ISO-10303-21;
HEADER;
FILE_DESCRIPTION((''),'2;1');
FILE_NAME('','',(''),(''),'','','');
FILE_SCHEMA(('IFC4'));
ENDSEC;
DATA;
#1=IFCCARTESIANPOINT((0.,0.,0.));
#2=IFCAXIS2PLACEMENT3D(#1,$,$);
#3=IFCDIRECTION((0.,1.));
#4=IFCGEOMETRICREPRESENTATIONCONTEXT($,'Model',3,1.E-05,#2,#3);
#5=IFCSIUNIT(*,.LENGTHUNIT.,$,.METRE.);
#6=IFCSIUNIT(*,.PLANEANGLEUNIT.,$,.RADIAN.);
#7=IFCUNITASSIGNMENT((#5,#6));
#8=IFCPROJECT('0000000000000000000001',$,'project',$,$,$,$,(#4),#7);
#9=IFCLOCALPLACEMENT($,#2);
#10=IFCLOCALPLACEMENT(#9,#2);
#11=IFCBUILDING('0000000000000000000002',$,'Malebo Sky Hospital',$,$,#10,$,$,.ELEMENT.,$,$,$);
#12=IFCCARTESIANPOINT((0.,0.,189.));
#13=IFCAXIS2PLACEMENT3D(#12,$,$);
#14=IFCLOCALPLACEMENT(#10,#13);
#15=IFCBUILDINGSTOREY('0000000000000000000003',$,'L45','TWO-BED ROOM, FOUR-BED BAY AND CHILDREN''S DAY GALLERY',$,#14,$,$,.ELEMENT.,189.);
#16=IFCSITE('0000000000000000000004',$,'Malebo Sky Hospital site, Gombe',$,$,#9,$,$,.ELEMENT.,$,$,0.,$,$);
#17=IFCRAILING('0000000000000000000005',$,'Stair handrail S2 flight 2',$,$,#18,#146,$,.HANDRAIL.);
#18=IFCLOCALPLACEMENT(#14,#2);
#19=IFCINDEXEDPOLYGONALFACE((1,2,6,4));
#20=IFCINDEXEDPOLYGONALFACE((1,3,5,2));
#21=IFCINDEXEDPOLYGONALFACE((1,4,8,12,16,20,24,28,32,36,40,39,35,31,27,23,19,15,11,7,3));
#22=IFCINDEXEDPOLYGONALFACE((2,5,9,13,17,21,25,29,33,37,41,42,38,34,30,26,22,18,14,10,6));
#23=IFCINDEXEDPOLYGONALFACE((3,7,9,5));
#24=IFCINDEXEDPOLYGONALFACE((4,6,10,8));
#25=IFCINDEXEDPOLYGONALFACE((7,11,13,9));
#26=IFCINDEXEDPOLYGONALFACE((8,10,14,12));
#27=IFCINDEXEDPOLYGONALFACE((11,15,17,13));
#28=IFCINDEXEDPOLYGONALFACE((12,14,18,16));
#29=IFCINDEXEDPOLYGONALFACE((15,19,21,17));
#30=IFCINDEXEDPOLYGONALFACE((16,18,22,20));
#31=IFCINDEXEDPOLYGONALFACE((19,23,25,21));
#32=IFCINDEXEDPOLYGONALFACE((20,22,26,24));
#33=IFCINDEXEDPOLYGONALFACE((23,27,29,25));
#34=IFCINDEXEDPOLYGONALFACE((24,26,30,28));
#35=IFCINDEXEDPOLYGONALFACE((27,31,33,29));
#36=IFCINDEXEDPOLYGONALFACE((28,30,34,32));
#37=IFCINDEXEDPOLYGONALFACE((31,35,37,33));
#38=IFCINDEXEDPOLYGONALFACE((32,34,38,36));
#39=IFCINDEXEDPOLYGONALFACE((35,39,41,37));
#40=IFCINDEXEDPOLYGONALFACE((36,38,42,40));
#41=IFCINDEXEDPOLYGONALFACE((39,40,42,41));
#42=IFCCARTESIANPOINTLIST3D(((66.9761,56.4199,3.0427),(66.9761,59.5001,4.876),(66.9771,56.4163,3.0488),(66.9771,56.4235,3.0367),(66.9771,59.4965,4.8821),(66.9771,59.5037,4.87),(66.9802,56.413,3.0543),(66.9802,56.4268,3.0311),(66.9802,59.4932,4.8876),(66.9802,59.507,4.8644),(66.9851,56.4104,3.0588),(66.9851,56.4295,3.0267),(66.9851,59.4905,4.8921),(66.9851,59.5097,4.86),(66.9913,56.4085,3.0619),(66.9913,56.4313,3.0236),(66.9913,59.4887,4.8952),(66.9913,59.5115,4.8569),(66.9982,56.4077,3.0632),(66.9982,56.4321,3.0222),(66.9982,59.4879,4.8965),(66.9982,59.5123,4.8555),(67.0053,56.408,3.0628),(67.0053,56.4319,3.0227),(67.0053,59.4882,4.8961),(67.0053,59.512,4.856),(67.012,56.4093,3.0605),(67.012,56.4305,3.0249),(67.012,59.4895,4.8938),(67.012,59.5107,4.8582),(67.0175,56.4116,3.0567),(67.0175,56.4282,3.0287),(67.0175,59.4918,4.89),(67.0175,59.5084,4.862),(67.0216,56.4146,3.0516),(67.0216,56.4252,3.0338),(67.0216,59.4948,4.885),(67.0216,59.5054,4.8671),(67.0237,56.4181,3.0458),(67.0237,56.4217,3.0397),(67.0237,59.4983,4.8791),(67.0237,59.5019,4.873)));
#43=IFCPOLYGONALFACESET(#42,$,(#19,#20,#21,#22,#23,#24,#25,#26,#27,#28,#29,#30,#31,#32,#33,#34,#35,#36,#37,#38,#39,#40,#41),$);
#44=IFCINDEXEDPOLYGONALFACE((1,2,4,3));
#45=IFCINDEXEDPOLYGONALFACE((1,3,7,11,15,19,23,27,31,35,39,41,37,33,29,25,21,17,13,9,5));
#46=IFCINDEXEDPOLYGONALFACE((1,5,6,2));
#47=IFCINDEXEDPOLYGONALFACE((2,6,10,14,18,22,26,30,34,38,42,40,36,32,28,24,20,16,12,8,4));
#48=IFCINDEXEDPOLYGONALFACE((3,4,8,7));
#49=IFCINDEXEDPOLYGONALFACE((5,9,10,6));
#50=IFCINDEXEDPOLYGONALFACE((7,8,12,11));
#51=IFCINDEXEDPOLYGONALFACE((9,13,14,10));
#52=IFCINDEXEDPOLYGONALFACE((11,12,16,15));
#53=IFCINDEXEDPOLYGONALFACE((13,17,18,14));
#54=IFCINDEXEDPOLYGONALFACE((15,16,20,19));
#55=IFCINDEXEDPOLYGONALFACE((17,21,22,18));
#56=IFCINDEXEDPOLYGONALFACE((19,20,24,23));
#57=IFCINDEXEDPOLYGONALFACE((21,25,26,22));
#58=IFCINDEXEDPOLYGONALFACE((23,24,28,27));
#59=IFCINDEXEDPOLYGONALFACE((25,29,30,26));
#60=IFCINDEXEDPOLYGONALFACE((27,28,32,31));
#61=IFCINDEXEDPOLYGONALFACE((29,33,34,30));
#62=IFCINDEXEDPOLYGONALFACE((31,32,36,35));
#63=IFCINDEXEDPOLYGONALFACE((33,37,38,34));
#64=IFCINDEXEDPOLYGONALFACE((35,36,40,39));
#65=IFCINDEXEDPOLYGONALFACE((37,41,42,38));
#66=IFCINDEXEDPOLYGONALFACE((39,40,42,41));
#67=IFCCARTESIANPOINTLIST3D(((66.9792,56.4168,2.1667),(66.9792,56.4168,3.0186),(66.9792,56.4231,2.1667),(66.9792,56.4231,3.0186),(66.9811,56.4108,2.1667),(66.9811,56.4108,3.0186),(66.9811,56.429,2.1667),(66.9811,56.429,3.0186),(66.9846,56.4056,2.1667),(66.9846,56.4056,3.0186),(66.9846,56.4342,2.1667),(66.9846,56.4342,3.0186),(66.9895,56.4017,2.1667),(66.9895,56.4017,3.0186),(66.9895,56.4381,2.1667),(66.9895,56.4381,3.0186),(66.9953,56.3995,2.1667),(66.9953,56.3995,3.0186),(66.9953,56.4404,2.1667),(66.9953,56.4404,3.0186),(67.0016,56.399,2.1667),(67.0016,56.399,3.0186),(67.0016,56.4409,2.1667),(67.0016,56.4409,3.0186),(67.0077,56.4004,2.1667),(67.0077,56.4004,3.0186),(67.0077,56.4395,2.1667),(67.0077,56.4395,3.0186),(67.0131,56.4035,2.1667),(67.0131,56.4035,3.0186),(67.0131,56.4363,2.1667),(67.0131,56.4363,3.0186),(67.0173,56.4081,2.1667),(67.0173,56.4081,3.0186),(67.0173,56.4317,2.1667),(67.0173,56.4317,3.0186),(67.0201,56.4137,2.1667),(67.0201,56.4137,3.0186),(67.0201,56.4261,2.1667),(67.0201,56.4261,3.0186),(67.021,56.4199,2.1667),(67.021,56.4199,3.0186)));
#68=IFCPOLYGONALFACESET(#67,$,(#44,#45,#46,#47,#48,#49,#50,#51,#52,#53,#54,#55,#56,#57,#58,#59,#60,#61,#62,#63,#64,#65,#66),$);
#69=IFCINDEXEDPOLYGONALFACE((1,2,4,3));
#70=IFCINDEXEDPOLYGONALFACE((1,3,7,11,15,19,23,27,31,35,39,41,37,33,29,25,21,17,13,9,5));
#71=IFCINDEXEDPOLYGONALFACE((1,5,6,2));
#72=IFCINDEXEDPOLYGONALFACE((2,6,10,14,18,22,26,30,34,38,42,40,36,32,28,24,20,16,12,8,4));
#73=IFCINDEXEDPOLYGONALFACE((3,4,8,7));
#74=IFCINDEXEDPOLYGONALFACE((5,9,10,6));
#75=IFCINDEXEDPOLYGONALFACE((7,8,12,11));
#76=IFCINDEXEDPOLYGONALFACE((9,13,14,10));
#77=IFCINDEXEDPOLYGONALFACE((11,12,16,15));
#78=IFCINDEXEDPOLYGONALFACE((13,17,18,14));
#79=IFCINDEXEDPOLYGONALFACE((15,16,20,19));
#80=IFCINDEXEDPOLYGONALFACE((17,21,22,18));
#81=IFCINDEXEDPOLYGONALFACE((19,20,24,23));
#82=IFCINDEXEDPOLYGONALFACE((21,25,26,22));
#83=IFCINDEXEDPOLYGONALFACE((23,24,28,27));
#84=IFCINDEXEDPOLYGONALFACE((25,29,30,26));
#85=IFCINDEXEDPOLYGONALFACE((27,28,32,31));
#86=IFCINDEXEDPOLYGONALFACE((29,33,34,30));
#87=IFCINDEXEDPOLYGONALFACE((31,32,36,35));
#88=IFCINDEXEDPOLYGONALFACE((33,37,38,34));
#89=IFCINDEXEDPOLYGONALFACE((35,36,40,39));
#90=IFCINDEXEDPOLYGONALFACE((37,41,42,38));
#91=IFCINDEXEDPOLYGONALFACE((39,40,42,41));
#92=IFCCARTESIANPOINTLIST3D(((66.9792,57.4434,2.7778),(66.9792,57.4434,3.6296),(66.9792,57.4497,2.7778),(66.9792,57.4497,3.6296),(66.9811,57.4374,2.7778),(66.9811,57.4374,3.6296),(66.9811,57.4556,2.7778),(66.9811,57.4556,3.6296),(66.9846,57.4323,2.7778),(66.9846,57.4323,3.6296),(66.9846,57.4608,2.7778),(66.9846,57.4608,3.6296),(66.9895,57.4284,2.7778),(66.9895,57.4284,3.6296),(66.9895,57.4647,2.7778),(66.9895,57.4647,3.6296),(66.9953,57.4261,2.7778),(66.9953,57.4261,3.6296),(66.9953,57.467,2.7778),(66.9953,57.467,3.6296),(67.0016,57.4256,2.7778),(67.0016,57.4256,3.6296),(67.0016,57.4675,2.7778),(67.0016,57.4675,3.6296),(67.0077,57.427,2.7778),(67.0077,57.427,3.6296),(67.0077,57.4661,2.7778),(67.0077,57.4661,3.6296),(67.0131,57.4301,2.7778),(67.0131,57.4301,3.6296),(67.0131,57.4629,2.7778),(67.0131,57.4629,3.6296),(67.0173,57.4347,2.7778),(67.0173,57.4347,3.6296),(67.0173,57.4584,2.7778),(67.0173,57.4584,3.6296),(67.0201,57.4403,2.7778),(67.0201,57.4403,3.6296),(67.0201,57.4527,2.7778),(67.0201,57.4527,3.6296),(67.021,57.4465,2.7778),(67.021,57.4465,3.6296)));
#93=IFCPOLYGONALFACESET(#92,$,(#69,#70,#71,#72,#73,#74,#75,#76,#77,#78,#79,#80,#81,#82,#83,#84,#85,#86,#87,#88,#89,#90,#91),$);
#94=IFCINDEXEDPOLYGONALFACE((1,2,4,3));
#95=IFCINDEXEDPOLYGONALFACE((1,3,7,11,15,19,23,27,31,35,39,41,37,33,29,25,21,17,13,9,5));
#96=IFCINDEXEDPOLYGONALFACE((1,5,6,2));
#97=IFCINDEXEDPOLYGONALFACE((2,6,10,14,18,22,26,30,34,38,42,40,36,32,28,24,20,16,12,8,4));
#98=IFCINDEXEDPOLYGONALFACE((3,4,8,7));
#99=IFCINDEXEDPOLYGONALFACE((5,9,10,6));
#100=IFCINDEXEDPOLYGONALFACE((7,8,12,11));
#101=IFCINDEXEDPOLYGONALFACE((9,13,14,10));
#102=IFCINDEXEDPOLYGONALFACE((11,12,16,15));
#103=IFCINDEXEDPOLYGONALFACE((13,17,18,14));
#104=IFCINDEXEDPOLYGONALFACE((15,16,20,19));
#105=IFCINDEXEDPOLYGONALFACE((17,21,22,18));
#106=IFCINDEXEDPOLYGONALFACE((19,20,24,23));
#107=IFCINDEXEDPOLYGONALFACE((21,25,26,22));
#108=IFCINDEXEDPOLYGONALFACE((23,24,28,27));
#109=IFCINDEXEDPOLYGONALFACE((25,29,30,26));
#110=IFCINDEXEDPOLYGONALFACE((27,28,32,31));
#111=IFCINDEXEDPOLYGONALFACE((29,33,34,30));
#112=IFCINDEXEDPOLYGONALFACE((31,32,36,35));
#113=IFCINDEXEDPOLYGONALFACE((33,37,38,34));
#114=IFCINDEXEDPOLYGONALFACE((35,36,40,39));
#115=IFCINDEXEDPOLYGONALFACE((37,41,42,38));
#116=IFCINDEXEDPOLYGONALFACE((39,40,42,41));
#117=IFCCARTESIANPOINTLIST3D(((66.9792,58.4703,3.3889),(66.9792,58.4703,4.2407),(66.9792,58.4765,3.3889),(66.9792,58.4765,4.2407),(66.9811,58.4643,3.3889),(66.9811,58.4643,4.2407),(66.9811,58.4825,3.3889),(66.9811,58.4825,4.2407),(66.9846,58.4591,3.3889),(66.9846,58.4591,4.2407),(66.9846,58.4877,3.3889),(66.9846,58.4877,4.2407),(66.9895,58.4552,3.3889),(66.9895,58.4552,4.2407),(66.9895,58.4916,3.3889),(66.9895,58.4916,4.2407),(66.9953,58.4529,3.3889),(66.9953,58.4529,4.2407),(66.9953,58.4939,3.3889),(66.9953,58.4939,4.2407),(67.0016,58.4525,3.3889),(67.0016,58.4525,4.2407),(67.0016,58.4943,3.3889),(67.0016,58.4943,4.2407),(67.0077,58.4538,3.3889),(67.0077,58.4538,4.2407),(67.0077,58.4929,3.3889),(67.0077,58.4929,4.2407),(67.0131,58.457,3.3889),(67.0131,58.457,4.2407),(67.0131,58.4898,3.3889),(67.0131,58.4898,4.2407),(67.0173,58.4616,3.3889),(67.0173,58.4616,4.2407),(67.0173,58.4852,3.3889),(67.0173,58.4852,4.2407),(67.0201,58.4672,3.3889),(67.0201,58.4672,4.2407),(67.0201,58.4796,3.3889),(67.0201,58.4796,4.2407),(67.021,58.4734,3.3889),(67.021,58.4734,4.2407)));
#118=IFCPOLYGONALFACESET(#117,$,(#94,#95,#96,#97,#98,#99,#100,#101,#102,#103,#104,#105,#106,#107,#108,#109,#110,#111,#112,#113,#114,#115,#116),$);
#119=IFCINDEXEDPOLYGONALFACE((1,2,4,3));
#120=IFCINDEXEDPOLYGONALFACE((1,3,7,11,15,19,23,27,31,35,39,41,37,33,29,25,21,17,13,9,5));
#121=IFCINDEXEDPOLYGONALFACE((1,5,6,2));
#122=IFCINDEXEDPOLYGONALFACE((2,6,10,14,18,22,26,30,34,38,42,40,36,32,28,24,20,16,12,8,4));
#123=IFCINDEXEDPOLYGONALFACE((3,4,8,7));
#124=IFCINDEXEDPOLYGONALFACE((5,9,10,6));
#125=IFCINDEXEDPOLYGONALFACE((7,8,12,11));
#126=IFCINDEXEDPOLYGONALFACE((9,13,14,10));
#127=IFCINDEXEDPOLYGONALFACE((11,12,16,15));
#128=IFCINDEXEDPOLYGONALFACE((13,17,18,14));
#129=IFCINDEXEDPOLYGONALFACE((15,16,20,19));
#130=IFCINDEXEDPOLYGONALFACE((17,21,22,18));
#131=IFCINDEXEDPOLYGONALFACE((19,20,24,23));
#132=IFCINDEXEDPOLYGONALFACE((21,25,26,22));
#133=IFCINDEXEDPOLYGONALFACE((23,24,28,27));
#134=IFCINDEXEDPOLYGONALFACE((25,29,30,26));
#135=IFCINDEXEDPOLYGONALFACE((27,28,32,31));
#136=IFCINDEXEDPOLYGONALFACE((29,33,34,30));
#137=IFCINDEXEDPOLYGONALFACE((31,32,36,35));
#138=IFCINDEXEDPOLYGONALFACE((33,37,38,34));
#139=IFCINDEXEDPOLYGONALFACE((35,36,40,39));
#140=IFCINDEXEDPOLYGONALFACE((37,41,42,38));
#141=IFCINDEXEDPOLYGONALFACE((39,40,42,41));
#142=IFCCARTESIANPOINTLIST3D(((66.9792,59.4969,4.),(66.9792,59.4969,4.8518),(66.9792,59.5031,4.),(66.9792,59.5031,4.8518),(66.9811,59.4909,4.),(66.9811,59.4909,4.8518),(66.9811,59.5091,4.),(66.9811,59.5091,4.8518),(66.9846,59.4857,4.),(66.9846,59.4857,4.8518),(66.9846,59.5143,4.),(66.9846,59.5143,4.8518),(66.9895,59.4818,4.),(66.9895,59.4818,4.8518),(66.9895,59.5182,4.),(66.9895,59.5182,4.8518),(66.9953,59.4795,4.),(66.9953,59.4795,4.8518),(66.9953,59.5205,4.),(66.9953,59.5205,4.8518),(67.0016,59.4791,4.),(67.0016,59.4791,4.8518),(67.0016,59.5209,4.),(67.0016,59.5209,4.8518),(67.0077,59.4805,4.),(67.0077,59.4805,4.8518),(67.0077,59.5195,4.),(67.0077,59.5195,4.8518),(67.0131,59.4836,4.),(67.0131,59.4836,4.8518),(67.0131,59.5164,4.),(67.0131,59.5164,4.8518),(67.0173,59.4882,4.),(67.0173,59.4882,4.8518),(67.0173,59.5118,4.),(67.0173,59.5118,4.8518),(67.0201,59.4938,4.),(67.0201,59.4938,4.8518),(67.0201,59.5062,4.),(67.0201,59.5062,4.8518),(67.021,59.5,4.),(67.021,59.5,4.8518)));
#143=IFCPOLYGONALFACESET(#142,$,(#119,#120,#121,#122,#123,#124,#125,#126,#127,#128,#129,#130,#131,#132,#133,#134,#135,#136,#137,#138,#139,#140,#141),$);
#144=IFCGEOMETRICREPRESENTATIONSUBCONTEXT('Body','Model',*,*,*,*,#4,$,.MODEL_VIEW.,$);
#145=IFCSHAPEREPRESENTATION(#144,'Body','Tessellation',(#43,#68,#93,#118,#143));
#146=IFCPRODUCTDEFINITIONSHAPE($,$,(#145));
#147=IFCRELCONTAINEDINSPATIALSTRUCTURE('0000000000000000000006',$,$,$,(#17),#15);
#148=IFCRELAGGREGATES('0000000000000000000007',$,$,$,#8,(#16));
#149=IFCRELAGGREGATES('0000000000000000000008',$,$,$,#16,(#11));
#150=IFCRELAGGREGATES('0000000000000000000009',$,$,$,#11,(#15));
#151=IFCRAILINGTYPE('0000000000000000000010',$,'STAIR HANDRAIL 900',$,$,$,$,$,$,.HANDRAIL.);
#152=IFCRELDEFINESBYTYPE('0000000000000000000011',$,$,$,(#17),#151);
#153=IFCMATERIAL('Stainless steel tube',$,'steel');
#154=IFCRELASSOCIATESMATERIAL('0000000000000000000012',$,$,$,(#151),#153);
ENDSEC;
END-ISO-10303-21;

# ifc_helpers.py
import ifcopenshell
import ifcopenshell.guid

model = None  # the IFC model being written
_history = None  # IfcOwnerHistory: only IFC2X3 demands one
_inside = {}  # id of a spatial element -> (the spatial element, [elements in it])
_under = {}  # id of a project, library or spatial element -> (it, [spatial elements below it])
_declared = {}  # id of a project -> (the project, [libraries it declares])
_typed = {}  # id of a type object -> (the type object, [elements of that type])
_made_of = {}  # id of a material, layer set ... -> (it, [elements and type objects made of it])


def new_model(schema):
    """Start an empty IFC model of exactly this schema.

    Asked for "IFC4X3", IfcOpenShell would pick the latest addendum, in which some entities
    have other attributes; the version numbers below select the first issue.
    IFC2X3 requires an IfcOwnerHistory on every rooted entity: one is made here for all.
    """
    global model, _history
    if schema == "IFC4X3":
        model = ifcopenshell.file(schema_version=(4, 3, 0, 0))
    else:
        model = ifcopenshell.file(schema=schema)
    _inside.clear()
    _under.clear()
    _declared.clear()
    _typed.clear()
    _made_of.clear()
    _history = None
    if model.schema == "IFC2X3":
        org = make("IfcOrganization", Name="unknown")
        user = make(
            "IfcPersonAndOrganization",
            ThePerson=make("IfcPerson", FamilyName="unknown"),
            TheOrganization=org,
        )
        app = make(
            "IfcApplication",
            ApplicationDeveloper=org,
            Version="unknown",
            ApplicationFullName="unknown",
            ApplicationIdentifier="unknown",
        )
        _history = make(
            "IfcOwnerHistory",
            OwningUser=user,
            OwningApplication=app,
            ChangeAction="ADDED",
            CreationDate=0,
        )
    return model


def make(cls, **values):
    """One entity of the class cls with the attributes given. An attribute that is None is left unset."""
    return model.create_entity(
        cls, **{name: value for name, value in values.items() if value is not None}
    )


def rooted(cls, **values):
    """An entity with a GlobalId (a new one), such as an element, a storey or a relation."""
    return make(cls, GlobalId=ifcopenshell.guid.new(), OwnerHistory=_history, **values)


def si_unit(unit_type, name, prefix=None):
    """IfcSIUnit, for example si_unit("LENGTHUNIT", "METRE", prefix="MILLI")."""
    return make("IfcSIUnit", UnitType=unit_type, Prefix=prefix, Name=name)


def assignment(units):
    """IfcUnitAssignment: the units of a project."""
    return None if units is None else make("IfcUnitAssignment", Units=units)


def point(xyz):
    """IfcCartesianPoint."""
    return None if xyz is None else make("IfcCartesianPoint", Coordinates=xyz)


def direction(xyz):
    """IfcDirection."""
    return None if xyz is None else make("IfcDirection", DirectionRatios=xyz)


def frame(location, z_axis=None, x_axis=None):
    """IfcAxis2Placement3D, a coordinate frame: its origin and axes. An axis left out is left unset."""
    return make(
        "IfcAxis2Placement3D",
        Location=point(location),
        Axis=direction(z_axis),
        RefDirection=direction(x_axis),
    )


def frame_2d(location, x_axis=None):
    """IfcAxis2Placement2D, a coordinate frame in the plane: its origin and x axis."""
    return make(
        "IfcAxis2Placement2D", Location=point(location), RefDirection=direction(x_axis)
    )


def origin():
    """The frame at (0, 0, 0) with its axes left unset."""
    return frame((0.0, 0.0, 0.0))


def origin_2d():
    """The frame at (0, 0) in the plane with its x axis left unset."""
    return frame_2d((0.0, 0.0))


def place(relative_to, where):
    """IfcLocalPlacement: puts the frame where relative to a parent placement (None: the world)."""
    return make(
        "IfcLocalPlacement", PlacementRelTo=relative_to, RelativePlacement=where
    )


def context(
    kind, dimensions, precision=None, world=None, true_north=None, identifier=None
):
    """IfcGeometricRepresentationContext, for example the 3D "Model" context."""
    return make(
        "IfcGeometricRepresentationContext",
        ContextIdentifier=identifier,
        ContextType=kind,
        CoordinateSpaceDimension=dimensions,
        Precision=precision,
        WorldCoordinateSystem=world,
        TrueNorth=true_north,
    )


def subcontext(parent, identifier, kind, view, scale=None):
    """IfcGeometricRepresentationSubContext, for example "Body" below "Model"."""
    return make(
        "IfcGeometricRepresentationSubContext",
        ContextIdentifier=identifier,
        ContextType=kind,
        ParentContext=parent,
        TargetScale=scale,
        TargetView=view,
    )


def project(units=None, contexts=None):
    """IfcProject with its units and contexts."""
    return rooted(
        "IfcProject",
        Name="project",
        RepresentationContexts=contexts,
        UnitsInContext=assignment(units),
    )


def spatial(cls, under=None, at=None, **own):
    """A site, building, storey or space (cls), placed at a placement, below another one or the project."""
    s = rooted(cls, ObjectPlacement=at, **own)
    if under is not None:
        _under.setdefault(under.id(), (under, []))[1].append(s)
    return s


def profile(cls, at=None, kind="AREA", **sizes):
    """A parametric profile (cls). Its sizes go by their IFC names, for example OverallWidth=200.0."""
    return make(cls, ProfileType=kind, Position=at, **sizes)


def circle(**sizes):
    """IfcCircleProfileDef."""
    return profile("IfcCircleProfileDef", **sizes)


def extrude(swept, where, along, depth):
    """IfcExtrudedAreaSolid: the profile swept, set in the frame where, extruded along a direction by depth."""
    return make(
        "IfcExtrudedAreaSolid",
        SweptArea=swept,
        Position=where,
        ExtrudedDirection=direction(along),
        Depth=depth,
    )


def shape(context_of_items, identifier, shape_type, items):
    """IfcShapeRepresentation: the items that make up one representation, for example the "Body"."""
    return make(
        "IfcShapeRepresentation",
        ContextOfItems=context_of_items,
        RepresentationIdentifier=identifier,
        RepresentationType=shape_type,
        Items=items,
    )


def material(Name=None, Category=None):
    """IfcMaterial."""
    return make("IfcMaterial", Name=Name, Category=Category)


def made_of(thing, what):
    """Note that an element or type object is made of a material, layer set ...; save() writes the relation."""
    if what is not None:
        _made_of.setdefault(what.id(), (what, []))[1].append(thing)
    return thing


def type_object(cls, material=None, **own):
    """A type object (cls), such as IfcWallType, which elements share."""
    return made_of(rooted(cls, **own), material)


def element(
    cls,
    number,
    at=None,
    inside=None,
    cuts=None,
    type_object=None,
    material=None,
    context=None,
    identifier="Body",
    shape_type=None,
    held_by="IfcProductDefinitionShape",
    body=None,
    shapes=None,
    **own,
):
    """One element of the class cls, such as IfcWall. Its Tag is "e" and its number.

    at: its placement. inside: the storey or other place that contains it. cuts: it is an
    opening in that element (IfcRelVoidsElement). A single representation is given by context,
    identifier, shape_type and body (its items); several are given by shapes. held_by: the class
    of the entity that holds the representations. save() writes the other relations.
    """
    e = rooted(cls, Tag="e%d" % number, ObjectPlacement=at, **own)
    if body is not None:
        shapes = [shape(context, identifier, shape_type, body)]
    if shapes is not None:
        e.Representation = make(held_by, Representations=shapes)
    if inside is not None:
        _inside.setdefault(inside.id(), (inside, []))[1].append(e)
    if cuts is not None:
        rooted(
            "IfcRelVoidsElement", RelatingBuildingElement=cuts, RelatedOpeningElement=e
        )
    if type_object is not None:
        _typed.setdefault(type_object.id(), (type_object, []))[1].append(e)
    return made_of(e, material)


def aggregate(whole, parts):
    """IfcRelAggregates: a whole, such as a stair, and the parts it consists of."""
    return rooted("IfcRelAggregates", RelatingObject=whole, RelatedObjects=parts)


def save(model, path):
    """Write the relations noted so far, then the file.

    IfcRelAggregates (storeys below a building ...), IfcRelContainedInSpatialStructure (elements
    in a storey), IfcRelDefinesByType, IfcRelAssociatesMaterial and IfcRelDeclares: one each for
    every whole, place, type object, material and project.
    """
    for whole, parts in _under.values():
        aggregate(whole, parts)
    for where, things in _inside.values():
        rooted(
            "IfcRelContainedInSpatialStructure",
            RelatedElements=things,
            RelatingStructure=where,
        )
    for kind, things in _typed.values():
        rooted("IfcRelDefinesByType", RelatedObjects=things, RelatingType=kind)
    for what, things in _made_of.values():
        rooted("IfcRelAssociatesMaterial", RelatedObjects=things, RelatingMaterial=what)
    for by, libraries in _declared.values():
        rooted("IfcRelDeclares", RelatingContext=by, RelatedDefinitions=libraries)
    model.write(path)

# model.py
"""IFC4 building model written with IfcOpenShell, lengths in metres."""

from ifc_helpers import new_model, si_unit, direction, frame, origin, origin_2d, place, context, subcontext, project, spatial, circle, extrude, material, type_object, element, save


model = new_model("IFC4")

# Units and contexts
model_context = context("Model", 3, precision=1e-05, world=origin(), true_north=direction((0.0, 1.0)))
body_context = subcontext(model_context, "Body", "Model", "MODEL_VIEW")
ifc_project = project(units=[si_unit("LENGTHUNIT", "METRE"), si_unit("PLANEANGLEUNIT", "RADIAN")], contexts=[model_context])

# Site, building, storey
site_placement = place(None, origin())
site = spatial("IfcSite", under=ifc_project, at=site_placement, Name="Malebo Sky Hospital site, Gombe", CompositionType="ELEMENT", RefElevation=0.0)
building_placement = place(site_placement, origin())
building = spatial("IfcBuilding", under=site, at=building_placement, Name="Malebo Sky Hospital", CompositionType="ELEMENT")
storey_placement = place(building_placement, frame((0.0, 0.0, 189.0)))
storey = spatial("IfcBuildingStorey", under=building, at=storey_placement, Name="L45", Description="TWO-BED ROOM, FOUR-BED BAY AND CHILDREN'S DAY GALLERY", CompositionType="ELEMENT", Elevation=189.0)

# Railing
ifc_material_1 = material(Name="Stainless steel tube", Category="steel")
railing_type = type_object("IfcRailingType", Name="STAIR HANDRAIL 900", PredefinedType="HANDRAIL", material=ifc_material_1)
railing_1_placement = place(storey_placement, frame((67.0, 56.4199, 2.1667)))
element("IfcRailing", 1, at=railing_1_placement, inside=storey, type_object=railing_type, Name="Stair handrail S2 flight 2", PredefinedType="HANDRAIL", context=body_context, shape_type="SweptSolid", body=[
    extrude(circle(Radius=0.0239, at=origin_2d()), frame((0.0, 0.0, 0.876), z_axis=(0.0, 0.859309, 0.511458), x_axis=(-1.0, 0.0, 0.0)), (0.0, 0.0, 1.0), 3.5845),
    extrude(circle(Radius=0.021, at=origin_2d()), origin(), (0.0, 0.0, 1.0), 0.8518),
    extrude(circle(Radius=0.021, at=origin_2d()), frame((0.0, 1.0266, 0.6111)), (0.0, 0.0, 1.0), 0.8518),
    extrude(circle(Radius=0.021, at=origin_2d()), frame((0.0, 2.0535, 1.2222)), (0.0, 0.0, 1.0), 0.8518),
    extrude(circle(Radius=0.021, at=origin_2d()), frame((0.0, 3.0801, 1.8333)), (0.0, 0.0, 1.0), 0.8518),
])

save(model, "model.ifc")
